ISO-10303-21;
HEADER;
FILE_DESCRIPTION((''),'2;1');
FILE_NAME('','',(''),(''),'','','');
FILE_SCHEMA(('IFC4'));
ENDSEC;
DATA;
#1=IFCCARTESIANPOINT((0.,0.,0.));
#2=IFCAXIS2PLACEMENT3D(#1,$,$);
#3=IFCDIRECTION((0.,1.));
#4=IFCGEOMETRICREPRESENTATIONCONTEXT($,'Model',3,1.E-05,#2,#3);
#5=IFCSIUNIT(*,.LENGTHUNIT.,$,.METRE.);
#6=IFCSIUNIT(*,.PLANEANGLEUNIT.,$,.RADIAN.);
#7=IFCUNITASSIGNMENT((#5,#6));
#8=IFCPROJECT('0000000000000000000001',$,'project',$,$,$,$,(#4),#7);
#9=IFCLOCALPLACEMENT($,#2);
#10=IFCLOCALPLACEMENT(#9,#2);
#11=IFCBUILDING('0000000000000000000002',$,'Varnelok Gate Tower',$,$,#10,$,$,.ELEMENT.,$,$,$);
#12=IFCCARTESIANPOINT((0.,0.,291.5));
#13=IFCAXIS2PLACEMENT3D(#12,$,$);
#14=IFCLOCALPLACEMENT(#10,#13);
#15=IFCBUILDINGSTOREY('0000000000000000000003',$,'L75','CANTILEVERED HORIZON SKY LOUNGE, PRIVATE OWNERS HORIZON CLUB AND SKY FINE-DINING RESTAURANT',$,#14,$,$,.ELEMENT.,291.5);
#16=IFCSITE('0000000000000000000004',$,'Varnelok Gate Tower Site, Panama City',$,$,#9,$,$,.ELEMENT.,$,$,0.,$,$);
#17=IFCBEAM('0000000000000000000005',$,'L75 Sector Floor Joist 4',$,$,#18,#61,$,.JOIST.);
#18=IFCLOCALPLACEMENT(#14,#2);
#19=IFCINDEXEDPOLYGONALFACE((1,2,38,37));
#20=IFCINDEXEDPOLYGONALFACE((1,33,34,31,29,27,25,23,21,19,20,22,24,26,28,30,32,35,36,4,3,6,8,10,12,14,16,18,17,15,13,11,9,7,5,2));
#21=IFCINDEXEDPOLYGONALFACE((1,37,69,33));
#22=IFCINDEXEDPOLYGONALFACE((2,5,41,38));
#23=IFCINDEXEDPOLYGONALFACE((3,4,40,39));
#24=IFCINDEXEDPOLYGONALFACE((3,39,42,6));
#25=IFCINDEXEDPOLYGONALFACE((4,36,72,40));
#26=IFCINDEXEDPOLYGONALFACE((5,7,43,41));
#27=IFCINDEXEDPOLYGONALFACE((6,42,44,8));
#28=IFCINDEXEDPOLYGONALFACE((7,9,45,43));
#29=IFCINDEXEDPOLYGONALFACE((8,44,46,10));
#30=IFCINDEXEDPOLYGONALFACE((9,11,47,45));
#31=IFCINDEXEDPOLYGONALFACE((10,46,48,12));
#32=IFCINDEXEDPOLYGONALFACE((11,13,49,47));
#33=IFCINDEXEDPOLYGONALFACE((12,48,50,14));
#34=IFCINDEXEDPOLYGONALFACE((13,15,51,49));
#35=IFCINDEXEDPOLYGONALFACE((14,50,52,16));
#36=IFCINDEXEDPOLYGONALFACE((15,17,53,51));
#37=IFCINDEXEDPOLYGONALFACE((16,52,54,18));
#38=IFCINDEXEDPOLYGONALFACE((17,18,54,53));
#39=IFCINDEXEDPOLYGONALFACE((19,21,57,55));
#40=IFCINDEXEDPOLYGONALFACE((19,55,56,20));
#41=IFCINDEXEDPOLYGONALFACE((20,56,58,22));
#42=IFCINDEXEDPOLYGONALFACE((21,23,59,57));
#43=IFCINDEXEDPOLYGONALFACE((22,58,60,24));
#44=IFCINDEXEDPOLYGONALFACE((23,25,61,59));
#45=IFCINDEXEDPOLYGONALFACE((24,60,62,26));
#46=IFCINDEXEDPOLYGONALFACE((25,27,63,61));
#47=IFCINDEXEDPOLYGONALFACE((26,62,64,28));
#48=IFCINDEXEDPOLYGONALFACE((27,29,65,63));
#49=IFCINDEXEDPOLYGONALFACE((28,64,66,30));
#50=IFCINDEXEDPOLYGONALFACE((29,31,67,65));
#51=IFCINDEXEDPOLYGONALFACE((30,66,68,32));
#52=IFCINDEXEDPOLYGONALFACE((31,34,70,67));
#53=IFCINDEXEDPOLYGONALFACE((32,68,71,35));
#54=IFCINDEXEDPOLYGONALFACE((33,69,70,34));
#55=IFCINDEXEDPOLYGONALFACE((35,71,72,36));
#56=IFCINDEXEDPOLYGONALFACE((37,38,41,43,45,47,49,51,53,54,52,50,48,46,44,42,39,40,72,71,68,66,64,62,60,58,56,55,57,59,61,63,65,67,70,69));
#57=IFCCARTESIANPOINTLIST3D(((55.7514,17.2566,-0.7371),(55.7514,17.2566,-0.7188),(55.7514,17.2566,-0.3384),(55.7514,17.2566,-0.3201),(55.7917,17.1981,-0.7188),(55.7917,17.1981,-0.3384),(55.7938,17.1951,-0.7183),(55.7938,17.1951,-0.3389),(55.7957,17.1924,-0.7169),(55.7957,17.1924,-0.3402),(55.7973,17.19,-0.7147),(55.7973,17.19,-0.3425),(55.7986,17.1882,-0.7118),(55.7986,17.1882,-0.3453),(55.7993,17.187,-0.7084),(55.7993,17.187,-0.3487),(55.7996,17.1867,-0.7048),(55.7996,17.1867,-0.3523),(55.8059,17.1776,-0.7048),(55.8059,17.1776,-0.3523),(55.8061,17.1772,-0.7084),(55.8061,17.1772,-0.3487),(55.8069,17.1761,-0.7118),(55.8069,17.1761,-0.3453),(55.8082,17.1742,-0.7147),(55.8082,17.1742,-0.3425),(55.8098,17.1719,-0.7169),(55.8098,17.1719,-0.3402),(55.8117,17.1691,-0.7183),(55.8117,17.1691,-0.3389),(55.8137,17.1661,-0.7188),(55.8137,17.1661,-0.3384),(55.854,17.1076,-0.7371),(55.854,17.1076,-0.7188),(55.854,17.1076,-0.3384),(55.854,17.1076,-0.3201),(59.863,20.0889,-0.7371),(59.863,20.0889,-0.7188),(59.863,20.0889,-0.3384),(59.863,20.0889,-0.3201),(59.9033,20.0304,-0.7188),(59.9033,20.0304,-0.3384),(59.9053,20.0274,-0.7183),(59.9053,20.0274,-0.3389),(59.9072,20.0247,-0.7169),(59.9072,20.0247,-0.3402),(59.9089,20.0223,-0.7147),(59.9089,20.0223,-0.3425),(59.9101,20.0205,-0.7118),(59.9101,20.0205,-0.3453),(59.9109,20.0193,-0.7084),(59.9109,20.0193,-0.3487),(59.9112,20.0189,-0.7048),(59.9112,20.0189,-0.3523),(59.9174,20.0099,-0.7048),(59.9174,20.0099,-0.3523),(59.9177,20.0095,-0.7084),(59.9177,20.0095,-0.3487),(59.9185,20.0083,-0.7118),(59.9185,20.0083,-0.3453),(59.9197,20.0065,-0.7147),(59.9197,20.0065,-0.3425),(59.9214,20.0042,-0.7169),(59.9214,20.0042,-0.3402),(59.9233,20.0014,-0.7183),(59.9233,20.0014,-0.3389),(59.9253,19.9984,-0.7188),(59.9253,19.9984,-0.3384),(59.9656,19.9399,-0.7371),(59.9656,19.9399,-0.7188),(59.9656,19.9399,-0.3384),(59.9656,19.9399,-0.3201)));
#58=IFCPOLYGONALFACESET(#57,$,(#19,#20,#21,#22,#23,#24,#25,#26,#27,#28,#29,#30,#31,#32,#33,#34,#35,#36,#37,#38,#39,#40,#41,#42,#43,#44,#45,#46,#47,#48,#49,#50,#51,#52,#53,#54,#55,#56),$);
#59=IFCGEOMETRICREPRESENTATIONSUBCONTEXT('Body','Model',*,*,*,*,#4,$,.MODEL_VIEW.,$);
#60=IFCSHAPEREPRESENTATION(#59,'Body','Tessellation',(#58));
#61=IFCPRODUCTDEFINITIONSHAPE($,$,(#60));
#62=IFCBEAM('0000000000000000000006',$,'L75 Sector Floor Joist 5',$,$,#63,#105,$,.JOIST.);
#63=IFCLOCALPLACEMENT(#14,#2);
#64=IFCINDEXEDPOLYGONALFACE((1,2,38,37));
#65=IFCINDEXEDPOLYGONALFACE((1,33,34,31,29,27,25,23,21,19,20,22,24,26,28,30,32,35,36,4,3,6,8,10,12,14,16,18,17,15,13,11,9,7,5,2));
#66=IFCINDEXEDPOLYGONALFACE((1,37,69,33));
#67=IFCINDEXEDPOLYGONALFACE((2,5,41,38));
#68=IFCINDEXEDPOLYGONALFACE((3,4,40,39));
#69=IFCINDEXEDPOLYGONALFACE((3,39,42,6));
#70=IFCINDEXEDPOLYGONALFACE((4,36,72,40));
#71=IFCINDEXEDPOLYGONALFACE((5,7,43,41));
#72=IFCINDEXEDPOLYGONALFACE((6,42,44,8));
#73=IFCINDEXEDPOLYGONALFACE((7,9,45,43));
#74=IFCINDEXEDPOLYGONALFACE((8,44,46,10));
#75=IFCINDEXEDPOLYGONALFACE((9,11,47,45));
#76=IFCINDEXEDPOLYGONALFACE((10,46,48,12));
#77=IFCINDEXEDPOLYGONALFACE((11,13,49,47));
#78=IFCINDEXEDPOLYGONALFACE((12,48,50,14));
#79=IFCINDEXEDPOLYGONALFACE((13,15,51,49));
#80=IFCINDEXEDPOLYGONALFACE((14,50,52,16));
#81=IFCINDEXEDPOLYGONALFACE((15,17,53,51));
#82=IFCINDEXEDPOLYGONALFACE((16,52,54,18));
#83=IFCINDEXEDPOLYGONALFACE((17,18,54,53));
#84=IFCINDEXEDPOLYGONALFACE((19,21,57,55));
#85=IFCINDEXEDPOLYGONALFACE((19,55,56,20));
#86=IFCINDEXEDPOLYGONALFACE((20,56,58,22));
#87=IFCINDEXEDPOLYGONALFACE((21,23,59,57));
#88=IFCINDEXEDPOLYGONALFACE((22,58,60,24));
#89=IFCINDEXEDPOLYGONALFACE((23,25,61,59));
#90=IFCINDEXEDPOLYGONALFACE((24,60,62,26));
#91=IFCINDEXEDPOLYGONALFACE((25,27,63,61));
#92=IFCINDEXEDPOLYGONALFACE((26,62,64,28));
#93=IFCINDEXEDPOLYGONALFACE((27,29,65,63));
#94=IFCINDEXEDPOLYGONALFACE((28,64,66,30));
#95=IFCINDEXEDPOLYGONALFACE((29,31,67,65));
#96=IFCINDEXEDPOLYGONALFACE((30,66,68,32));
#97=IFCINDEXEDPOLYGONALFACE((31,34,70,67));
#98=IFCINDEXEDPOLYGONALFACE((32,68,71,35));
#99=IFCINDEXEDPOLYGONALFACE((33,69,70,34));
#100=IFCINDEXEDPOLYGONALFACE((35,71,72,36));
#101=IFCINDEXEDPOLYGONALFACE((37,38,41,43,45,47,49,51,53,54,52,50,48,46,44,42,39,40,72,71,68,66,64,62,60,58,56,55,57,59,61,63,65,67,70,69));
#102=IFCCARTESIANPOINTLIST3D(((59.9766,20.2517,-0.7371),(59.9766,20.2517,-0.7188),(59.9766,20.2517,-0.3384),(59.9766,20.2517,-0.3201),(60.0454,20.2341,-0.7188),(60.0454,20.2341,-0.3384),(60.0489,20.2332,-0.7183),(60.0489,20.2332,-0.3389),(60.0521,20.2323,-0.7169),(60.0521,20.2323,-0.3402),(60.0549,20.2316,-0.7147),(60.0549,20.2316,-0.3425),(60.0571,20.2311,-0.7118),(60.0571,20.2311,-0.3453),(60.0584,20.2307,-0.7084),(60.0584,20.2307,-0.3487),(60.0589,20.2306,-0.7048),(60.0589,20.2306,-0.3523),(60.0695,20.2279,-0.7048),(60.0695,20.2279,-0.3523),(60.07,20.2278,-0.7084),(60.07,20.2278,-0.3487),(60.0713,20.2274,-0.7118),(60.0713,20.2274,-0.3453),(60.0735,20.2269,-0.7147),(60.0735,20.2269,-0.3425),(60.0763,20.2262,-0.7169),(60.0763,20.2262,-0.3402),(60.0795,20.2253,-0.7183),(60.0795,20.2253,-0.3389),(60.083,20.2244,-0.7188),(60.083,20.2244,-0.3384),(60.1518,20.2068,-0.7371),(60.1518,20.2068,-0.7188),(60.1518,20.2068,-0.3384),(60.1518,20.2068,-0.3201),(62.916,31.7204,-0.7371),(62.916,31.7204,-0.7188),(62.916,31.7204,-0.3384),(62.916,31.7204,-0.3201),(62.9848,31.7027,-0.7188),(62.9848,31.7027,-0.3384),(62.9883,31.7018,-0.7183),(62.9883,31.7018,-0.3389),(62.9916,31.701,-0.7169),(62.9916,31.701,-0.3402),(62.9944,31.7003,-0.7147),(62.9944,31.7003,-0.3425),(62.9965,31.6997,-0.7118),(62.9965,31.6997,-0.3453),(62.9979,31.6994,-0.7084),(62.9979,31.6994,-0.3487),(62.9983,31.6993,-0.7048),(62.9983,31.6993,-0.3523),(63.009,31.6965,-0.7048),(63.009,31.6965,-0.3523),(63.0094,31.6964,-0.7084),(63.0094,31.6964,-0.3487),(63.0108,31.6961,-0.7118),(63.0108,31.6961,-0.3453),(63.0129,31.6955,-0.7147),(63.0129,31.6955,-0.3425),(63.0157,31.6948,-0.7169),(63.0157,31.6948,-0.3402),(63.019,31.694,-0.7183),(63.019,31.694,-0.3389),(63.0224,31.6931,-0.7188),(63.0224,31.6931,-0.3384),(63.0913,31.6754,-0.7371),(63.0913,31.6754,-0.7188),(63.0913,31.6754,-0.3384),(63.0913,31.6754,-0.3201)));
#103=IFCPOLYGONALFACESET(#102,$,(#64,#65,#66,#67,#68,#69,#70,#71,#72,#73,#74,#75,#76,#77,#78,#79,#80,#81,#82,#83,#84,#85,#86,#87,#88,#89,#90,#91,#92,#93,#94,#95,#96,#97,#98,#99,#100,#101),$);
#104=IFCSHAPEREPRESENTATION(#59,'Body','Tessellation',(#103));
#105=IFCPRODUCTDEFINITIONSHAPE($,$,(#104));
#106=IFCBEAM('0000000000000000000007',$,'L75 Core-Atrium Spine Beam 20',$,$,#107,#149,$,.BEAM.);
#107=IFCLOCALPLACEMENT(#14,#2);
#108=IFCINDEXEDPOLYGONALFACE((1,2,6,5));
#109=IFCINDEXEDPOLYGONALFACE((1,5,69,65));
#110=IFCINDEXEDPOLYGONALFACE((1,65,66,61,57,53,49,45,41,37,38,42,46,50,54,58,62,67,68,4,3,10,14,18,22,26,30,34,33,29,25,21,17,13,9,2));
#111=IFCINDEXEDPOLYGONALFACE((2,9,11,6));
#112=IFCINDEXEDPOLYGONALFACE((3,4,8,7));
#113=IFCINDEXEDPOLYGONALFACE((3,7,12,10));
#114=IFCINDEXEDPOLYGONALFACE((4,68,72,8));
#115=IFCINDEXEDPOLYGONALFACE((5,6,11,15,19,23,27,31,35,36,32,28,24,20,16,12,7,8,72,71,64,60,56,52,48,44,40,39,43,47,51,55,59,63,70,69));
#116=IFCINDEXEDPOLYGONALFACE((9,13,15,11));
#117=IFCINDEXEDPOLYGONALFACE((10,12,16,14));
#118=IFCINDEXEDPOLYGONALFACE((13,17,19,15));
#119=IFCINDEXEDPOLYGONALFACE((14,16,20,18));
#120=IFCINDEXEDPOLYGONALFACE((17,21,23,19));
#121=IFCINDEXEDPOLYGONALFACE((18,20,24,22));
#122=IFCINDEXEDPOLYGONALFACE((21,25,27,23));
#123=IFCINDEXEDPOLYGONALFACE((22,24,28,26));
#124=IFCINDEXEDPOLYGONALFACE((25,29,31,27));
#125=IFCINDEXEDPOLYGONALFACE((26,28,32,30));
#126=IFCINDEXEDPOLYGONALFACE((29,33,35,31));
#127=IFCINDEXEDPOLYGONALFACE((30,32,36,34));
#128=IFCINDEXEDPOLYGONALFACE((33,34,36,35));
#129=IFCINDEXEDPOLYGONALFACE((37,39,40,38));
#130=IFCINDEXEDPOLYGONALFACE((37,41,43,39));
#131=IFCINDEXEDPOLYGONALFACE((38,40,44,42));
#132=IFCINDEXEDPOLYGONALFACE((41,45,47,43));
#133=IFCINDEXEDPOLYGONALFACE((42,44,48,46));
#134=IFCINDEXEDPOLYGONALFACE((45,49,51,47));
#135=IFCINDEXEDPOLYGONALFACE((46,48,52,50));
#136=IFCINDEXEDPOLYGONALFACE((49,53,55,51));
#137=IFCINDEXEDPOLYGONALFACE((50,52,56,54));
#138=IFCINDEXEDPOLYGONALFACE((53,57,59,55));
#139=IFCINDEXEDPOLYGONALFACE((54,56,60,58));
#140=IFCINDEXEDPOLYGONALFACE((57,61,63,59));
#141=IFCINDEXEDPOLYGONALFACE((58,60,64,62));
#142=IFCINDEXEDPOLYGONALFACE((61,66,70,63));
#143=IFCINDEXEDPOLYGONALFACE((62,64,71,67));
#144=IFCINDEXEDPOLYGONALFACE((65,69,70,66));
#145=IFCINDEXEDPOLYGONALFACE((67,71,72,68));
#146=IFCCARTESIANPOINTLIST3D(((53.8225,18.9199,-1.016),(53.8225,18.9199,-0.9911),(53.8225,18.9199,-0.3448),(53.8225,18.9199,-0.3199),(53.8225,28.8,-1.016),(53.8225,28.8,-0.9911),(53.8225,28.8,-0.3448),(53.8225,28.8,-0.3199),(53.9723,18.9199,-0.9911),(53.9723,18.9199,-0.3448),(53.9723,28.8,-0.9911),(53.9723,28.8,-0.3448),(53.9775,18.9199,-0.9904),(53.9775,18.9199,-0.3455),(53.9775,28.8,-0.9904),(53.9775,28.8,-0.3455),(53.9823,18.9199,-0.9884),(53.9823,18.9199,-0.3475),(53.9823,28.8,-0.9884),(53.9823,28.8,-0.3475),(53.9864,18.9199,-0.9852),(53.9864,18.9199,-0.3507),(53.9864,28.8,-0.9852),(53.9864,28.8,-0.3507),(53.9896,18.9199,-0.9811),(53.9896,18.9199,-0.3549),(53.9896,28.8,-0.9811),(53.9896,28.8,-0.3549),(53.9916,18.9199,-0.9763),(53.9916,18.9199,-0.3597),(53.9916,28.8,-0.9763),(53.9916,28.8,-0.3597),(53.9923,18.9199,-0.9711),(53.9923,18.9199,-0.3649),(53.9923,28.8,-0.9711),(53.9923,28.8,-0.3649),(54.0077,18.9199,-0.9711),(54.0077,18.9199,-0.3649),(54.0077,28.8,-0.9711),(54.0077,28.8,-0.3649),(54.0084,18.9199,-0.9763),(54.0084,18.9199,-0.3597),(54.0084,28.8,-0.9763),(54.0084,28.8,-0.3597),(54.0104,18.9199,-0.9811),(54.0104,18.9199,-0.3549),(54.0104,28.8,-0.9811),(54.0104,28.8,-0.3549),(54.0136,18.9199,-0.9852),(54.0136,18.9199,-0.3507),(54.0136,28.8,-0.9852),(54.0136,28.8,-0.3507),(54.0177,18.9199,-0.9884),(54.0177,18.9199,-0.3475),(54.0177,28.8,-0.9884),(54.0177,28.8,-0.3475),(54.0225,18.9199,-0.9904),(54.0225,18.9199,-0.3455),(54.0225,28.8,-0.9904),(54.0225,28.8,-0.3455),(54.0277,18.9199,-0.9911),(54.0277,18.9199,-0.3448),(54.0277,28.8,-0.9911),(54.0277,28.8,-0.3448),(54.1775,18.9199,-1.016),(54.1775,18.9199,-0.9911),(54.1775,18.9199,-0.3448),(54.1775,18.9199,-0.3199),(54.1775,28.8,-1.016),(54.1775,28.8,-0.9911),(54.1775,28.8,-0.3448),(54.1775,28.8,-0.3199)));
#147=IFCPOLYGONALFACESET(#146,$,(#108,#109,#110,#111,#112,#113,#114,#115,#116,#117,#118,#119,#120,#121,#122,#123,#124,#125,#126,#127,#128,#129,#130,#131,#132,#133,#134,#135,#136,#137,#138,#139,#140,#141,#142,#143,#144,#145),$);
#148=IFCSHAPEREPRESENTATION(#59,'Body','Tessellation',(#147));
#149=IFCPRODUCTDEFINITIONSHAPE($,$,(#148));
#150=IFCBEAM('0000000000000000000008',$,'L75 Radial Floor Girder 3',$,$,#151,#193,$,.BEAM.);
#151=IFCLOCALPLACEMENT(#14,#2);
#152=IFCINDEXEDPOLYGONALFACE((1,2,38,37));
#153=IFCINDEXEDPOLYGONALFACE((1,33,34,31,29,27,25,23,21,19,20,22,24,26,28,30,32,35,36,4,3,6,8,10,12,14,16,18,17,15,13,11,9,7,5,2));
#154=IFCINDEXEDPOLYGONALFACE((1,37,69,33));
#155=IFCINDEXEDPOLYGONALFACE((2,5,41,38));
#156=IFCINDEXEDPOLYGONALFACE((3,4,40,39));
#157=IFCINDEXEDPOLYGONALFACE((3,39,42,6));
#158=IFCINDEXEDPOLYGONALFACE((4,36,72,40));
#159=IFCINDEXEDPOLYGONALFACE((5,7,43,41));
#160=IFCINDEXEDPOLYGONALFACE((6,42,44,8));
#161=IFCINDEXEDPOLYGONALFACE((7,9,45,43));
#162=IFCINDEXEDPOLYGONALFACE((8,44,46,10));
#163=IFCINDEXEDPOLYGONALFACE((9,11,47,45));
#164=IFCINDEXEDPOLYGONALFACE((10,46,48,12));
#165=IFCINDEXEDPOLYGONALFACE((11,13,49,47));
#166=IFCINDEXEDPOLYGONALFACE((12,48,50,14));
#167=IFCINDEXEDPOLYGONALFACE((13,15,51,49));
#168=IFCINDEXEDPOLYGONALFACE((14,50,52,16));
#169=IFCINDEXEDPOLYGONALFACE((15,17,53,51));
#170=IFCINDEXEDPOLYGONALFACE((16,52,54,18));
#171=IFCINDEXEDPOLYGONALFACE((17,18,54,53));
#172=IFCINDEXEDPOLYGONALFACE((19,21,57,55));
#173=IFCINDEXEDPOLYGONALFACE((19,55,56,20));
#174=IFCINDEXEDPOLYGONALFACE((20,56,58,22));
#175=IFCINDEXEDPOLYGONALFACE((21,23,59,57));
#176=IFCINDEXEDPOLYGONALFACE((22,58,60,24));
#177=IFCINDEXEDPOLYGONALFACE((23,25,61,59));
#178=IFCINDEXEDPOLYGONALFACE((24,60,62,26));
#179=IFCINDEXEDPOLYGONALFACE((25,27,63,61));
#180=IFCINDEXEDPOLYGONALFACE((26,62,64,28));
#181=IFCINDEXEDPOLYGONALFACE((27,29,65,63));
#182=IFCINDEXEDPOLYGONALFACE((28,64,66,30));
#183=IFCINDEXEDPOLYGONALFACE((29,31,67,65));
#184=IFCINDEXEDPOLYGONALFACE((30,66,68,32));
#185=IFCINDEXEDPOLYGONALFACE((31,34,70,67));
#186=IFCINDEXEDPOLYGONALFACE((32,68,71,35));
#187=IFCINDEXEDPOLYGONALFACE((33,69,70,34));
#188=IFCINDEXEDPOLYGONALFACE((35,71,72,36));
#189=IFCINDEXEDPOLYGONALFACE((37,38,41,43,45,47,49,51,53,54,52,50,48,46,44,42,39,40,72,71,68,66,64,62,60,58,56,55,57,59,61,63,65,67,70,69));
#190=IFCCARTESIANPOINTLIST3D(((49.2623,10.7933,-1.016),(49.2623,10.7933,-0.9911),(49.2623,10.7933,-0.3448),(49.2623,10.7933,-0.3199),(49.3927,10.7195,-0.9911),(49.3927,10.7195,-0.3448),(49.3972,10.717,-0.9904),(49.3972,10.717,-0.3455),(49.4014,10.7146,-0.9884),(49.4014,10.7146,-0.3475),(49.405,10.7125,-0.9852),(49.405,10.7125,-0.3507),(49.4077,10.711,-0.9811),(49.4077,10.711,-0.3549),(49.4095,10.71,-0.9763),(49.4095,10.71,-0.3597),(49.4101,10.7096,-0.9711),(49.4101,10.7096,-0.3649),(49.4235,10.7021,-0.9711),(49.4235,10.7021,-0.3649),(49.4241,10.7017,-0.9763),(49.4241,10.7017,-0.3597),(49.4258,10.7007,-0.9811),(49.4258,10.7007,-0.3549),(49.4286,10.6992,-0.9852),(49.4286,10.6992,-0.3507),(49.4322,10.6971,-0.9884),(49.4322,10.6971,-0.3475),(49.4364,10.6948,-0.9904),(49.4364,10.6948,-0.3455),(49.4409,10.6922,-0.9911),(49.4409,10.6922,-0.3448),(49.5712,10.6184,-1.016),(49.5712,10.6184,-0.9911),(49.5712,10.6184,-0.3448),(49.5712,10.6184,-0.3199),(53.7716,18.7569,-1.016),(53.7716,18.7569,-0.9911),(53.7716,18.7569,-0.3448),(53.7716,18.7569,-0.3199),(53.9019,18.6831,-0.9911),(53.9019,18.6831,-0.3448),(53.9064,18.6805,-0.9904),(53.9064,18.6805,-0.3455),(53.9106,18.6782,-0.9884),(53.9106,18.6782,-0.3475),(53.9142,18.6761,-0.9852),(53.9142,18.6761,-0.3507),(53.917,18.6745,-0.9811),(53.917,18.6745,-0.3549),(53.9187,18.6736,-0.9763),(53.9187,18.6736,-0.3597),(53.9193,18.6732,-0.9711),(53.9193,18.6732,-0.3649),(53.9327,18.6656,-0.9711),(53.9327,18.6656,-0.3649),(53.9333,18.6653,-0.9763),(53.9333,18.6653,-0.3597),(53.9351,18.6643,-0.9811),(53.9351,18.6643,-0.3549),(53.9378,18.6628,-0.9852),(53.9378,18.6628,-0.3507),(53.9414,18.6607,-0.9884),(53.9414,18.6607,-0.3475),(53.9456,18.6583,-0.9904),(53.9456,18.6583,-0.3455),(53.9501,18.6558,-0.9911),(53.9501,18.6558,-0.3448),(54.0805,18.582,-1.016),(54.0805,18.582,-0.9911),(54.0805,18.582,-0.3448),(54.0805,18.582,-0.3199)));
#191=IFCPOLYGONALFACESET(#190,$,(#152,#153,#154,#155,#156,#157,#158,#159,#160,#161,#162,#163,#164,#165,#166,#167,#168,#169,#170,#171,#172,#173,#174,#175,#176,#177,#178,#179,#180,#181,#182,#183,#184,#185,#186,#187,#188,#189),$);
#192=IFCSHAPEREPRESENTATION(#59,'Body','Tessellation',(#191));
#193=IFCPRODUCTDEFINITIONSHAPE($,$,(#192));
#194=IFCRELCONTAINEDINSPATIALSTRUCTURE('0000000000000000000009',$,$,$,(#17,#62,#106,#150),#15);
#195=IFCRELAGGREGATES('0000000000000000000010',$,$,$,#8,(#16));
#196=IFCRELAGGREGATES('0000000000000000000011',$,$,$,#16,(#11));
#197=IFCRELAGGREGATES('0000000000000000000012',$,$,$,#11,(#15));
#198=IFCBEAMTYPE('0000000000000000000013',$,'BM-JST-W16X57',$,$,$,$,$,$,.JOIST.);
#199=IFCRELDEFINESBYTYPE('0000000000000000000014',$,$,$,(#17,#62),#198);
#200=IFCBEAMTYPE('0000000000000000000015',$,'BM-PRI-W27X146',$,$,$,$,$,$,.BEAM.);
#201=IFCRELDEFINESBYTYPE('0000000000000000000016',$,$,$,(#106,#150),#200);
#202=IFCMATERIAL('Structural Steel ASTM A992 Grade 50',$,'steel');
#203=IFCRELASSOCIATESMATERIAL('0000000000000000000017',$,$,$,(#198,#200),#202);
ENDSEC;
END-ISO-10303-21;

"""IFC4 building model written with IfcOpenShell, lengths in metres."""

from ifc_helpers import new_model, si_unit, direction, frame, origin, origin_2d, place, context, subcontext, project, spatial, i_section, extrude, material, material_profile, profile_set, type_object, element, save


model = new_model("IFC4")

# Units and contexts
model_context = context("Model", 3, precision=1e-05, world=origin(), true_north=direction((0.0, 1.0)))
body_context = subcontext(model_context, "Body", "Model", "MODEL_VIEW")
ifc_project = project(units=[si_unit("LENGTHUNIT", "METRE"), si_unit("PLANEANGLEUNIT", "RADIAN")], contexts=[model_context])

# Site, building, storey
site_placement = place(None, origin())
site = spatial("IfcSite", under=ifc_project, at=site_placement, Name="Varnelok Gate Tower Site, Panama City", CompositionType="ELEMENT", RefElevation=0.0)
building_placement = place(site_placement, origin())
building = spatial("IfcBuilding", under=site, at=building_placement, Name="Varnelok Gate Tower", CompositionType="ELEMENT")
storey_placement = place(building_placement, frame((0.0, 0.0, 291.5)))
storey = spatial("IfcBuildingStorey", under=building, at=storey_placement, Name="L75", Description="CANTILEVERED HORIZON SKY LOUNGE, PRIVATE OWNERS HORIZON CLUB AND SKY FINE-DINING RESTAURANT", CompositionType="ELEMENT", Elevation=291.5)

# Shared definitions
ifc_material_1 = material(Name="Structural Steel ASTM A992 Grade 50", Category="steel")

# Beams
ifc_material_profile_1 = material_profile(ifc_material_1, i_section(OverallWidth=0.1809, OverallDepth=0.417, WebThickness=0.011, FlangeThickness=0.0183, FilletRadius=0.0139, at=origin_2d()), Name="W16X57")
ifc_profile_set_1 = profile_set([ifc_material_profile_1], Name="Structural Steel ASTM A992 Grade 50")
beam_type_1 = type_object("IfcBeamType", Name="BM-JST-W16X57", PredefinedType="JOIST", material=ifc_profile_set_1)
beam_1_placement = place(storey_placement, frame((55.8027, 17.1821, -0.5286), z_axis=(0.823521, 0.567286, 0.0), x_axis=(-0.567286, 0.823521, 0.0)))
element("IfcBeam", 1, at=beam_1_placement, inside=storey, type_object=beam_type_1, Name="L75 Sector Floor Joist 4", PredefinedType="JOIST", context=body_context, shape_type="SweptSolid", body=[
    extrude(i_section(OverallWidth=0.1809, OverallDepth=0.417, WebThickness=0.011, FlangeThickness=0.0183, FilletRadius=0.0139, at=origin_2d()), origin(), (0.0, 0.0, 1.0), 4.9927),
])
beam_2_placement = place(storey_placement, frame((60.0642, 20.2292, -0.5286), z_axis=(0.248276, 0.968689, 0.0), x_axis=(-0.968689, 0.248276, 0.0)))
element("IfcBeam", 2, at=beam_2_placement, inside=storey, type_object=beam_type_1, Name="L75 Sector Floor Joist 5", PredefinedType="JOIST", context=body_context, shape_type="SweptSolid", body=[
    extrude(i_section(OverallWidth=0.1809, OverallDepth=0.417, WebThickness=0.011, FlangeThickness=0.0183, FilletRadius=0.0139, at=origin_2d()), origin(), (0.0, 0.0, 1.0), 11.8394),
])
ifc_material_profile_2 = material_profile(ifc_material_1, i_section(OverallWidth=0.355, OverallDepth=0.696, WebThickness=0.0154, FlangeThickness=0.0249, FilletRadius=0.02, at=origin_2d()), Name="W27X146")
ifc_profile_set_2 = profile_set([ifc_material_profile_2], Name="Structural Steel ASTM A992 Grade 50")
beam_type_2 = type_object("IfcBeamType", Name="BM-PRI-W27X146", PredefinedType="BEAM", material=ifc_profile_set_2)
beam_3_placement = place(storey_placement, frame((54.0, 18.9199, -0.668), z_axis=(0.0, 1.0, 0.0), x_axis=(-1.0, 0.0, 0.0)))
element("IfcBeam", 3, at=beam_3_placement, inside=storey, type_object=beam_type_2, Name="L75 Core-Atrium Spine Beam 20", PredefinedType="BEAM", context=body_context, shape_type="SweptSolid", body=[
    extrude(i_section(OverallWidth=0.355, OverallDepth=0.696, WebThickness=0.0154, FlangeThickness=0.0249, FilletRadius=0.02, at=origin_2d()), origin(), (0.0, 0.0, 1.0), 9.8801),
])
beam_4_placement = place(storey_placement, frame((53.926, 18.6694, -0.668), z_axis=(-0.492728, -0.870183, 0.0), x_axis=(0.870183, -0.492728, 0.0)))
element("IfcBeam", 4, at=beam_4_placement, inside=storey, type_object=beam_type_2, Name="L75 Radial Floor Girder 3", PredefinedType="BEAM", context=body_context, shape_type="SweptSolid", body=[
    extrude(i_section(OverallWidth=0.355, OverallDepth=0.696, WebThickness=0.0154, FlangeThickness=0.0249, FilletRadius=0.02, at=origin_2d()), origin(), (0.0, 0.0, 1.0), 9.1516),
])

save(model, "model.ifc")
